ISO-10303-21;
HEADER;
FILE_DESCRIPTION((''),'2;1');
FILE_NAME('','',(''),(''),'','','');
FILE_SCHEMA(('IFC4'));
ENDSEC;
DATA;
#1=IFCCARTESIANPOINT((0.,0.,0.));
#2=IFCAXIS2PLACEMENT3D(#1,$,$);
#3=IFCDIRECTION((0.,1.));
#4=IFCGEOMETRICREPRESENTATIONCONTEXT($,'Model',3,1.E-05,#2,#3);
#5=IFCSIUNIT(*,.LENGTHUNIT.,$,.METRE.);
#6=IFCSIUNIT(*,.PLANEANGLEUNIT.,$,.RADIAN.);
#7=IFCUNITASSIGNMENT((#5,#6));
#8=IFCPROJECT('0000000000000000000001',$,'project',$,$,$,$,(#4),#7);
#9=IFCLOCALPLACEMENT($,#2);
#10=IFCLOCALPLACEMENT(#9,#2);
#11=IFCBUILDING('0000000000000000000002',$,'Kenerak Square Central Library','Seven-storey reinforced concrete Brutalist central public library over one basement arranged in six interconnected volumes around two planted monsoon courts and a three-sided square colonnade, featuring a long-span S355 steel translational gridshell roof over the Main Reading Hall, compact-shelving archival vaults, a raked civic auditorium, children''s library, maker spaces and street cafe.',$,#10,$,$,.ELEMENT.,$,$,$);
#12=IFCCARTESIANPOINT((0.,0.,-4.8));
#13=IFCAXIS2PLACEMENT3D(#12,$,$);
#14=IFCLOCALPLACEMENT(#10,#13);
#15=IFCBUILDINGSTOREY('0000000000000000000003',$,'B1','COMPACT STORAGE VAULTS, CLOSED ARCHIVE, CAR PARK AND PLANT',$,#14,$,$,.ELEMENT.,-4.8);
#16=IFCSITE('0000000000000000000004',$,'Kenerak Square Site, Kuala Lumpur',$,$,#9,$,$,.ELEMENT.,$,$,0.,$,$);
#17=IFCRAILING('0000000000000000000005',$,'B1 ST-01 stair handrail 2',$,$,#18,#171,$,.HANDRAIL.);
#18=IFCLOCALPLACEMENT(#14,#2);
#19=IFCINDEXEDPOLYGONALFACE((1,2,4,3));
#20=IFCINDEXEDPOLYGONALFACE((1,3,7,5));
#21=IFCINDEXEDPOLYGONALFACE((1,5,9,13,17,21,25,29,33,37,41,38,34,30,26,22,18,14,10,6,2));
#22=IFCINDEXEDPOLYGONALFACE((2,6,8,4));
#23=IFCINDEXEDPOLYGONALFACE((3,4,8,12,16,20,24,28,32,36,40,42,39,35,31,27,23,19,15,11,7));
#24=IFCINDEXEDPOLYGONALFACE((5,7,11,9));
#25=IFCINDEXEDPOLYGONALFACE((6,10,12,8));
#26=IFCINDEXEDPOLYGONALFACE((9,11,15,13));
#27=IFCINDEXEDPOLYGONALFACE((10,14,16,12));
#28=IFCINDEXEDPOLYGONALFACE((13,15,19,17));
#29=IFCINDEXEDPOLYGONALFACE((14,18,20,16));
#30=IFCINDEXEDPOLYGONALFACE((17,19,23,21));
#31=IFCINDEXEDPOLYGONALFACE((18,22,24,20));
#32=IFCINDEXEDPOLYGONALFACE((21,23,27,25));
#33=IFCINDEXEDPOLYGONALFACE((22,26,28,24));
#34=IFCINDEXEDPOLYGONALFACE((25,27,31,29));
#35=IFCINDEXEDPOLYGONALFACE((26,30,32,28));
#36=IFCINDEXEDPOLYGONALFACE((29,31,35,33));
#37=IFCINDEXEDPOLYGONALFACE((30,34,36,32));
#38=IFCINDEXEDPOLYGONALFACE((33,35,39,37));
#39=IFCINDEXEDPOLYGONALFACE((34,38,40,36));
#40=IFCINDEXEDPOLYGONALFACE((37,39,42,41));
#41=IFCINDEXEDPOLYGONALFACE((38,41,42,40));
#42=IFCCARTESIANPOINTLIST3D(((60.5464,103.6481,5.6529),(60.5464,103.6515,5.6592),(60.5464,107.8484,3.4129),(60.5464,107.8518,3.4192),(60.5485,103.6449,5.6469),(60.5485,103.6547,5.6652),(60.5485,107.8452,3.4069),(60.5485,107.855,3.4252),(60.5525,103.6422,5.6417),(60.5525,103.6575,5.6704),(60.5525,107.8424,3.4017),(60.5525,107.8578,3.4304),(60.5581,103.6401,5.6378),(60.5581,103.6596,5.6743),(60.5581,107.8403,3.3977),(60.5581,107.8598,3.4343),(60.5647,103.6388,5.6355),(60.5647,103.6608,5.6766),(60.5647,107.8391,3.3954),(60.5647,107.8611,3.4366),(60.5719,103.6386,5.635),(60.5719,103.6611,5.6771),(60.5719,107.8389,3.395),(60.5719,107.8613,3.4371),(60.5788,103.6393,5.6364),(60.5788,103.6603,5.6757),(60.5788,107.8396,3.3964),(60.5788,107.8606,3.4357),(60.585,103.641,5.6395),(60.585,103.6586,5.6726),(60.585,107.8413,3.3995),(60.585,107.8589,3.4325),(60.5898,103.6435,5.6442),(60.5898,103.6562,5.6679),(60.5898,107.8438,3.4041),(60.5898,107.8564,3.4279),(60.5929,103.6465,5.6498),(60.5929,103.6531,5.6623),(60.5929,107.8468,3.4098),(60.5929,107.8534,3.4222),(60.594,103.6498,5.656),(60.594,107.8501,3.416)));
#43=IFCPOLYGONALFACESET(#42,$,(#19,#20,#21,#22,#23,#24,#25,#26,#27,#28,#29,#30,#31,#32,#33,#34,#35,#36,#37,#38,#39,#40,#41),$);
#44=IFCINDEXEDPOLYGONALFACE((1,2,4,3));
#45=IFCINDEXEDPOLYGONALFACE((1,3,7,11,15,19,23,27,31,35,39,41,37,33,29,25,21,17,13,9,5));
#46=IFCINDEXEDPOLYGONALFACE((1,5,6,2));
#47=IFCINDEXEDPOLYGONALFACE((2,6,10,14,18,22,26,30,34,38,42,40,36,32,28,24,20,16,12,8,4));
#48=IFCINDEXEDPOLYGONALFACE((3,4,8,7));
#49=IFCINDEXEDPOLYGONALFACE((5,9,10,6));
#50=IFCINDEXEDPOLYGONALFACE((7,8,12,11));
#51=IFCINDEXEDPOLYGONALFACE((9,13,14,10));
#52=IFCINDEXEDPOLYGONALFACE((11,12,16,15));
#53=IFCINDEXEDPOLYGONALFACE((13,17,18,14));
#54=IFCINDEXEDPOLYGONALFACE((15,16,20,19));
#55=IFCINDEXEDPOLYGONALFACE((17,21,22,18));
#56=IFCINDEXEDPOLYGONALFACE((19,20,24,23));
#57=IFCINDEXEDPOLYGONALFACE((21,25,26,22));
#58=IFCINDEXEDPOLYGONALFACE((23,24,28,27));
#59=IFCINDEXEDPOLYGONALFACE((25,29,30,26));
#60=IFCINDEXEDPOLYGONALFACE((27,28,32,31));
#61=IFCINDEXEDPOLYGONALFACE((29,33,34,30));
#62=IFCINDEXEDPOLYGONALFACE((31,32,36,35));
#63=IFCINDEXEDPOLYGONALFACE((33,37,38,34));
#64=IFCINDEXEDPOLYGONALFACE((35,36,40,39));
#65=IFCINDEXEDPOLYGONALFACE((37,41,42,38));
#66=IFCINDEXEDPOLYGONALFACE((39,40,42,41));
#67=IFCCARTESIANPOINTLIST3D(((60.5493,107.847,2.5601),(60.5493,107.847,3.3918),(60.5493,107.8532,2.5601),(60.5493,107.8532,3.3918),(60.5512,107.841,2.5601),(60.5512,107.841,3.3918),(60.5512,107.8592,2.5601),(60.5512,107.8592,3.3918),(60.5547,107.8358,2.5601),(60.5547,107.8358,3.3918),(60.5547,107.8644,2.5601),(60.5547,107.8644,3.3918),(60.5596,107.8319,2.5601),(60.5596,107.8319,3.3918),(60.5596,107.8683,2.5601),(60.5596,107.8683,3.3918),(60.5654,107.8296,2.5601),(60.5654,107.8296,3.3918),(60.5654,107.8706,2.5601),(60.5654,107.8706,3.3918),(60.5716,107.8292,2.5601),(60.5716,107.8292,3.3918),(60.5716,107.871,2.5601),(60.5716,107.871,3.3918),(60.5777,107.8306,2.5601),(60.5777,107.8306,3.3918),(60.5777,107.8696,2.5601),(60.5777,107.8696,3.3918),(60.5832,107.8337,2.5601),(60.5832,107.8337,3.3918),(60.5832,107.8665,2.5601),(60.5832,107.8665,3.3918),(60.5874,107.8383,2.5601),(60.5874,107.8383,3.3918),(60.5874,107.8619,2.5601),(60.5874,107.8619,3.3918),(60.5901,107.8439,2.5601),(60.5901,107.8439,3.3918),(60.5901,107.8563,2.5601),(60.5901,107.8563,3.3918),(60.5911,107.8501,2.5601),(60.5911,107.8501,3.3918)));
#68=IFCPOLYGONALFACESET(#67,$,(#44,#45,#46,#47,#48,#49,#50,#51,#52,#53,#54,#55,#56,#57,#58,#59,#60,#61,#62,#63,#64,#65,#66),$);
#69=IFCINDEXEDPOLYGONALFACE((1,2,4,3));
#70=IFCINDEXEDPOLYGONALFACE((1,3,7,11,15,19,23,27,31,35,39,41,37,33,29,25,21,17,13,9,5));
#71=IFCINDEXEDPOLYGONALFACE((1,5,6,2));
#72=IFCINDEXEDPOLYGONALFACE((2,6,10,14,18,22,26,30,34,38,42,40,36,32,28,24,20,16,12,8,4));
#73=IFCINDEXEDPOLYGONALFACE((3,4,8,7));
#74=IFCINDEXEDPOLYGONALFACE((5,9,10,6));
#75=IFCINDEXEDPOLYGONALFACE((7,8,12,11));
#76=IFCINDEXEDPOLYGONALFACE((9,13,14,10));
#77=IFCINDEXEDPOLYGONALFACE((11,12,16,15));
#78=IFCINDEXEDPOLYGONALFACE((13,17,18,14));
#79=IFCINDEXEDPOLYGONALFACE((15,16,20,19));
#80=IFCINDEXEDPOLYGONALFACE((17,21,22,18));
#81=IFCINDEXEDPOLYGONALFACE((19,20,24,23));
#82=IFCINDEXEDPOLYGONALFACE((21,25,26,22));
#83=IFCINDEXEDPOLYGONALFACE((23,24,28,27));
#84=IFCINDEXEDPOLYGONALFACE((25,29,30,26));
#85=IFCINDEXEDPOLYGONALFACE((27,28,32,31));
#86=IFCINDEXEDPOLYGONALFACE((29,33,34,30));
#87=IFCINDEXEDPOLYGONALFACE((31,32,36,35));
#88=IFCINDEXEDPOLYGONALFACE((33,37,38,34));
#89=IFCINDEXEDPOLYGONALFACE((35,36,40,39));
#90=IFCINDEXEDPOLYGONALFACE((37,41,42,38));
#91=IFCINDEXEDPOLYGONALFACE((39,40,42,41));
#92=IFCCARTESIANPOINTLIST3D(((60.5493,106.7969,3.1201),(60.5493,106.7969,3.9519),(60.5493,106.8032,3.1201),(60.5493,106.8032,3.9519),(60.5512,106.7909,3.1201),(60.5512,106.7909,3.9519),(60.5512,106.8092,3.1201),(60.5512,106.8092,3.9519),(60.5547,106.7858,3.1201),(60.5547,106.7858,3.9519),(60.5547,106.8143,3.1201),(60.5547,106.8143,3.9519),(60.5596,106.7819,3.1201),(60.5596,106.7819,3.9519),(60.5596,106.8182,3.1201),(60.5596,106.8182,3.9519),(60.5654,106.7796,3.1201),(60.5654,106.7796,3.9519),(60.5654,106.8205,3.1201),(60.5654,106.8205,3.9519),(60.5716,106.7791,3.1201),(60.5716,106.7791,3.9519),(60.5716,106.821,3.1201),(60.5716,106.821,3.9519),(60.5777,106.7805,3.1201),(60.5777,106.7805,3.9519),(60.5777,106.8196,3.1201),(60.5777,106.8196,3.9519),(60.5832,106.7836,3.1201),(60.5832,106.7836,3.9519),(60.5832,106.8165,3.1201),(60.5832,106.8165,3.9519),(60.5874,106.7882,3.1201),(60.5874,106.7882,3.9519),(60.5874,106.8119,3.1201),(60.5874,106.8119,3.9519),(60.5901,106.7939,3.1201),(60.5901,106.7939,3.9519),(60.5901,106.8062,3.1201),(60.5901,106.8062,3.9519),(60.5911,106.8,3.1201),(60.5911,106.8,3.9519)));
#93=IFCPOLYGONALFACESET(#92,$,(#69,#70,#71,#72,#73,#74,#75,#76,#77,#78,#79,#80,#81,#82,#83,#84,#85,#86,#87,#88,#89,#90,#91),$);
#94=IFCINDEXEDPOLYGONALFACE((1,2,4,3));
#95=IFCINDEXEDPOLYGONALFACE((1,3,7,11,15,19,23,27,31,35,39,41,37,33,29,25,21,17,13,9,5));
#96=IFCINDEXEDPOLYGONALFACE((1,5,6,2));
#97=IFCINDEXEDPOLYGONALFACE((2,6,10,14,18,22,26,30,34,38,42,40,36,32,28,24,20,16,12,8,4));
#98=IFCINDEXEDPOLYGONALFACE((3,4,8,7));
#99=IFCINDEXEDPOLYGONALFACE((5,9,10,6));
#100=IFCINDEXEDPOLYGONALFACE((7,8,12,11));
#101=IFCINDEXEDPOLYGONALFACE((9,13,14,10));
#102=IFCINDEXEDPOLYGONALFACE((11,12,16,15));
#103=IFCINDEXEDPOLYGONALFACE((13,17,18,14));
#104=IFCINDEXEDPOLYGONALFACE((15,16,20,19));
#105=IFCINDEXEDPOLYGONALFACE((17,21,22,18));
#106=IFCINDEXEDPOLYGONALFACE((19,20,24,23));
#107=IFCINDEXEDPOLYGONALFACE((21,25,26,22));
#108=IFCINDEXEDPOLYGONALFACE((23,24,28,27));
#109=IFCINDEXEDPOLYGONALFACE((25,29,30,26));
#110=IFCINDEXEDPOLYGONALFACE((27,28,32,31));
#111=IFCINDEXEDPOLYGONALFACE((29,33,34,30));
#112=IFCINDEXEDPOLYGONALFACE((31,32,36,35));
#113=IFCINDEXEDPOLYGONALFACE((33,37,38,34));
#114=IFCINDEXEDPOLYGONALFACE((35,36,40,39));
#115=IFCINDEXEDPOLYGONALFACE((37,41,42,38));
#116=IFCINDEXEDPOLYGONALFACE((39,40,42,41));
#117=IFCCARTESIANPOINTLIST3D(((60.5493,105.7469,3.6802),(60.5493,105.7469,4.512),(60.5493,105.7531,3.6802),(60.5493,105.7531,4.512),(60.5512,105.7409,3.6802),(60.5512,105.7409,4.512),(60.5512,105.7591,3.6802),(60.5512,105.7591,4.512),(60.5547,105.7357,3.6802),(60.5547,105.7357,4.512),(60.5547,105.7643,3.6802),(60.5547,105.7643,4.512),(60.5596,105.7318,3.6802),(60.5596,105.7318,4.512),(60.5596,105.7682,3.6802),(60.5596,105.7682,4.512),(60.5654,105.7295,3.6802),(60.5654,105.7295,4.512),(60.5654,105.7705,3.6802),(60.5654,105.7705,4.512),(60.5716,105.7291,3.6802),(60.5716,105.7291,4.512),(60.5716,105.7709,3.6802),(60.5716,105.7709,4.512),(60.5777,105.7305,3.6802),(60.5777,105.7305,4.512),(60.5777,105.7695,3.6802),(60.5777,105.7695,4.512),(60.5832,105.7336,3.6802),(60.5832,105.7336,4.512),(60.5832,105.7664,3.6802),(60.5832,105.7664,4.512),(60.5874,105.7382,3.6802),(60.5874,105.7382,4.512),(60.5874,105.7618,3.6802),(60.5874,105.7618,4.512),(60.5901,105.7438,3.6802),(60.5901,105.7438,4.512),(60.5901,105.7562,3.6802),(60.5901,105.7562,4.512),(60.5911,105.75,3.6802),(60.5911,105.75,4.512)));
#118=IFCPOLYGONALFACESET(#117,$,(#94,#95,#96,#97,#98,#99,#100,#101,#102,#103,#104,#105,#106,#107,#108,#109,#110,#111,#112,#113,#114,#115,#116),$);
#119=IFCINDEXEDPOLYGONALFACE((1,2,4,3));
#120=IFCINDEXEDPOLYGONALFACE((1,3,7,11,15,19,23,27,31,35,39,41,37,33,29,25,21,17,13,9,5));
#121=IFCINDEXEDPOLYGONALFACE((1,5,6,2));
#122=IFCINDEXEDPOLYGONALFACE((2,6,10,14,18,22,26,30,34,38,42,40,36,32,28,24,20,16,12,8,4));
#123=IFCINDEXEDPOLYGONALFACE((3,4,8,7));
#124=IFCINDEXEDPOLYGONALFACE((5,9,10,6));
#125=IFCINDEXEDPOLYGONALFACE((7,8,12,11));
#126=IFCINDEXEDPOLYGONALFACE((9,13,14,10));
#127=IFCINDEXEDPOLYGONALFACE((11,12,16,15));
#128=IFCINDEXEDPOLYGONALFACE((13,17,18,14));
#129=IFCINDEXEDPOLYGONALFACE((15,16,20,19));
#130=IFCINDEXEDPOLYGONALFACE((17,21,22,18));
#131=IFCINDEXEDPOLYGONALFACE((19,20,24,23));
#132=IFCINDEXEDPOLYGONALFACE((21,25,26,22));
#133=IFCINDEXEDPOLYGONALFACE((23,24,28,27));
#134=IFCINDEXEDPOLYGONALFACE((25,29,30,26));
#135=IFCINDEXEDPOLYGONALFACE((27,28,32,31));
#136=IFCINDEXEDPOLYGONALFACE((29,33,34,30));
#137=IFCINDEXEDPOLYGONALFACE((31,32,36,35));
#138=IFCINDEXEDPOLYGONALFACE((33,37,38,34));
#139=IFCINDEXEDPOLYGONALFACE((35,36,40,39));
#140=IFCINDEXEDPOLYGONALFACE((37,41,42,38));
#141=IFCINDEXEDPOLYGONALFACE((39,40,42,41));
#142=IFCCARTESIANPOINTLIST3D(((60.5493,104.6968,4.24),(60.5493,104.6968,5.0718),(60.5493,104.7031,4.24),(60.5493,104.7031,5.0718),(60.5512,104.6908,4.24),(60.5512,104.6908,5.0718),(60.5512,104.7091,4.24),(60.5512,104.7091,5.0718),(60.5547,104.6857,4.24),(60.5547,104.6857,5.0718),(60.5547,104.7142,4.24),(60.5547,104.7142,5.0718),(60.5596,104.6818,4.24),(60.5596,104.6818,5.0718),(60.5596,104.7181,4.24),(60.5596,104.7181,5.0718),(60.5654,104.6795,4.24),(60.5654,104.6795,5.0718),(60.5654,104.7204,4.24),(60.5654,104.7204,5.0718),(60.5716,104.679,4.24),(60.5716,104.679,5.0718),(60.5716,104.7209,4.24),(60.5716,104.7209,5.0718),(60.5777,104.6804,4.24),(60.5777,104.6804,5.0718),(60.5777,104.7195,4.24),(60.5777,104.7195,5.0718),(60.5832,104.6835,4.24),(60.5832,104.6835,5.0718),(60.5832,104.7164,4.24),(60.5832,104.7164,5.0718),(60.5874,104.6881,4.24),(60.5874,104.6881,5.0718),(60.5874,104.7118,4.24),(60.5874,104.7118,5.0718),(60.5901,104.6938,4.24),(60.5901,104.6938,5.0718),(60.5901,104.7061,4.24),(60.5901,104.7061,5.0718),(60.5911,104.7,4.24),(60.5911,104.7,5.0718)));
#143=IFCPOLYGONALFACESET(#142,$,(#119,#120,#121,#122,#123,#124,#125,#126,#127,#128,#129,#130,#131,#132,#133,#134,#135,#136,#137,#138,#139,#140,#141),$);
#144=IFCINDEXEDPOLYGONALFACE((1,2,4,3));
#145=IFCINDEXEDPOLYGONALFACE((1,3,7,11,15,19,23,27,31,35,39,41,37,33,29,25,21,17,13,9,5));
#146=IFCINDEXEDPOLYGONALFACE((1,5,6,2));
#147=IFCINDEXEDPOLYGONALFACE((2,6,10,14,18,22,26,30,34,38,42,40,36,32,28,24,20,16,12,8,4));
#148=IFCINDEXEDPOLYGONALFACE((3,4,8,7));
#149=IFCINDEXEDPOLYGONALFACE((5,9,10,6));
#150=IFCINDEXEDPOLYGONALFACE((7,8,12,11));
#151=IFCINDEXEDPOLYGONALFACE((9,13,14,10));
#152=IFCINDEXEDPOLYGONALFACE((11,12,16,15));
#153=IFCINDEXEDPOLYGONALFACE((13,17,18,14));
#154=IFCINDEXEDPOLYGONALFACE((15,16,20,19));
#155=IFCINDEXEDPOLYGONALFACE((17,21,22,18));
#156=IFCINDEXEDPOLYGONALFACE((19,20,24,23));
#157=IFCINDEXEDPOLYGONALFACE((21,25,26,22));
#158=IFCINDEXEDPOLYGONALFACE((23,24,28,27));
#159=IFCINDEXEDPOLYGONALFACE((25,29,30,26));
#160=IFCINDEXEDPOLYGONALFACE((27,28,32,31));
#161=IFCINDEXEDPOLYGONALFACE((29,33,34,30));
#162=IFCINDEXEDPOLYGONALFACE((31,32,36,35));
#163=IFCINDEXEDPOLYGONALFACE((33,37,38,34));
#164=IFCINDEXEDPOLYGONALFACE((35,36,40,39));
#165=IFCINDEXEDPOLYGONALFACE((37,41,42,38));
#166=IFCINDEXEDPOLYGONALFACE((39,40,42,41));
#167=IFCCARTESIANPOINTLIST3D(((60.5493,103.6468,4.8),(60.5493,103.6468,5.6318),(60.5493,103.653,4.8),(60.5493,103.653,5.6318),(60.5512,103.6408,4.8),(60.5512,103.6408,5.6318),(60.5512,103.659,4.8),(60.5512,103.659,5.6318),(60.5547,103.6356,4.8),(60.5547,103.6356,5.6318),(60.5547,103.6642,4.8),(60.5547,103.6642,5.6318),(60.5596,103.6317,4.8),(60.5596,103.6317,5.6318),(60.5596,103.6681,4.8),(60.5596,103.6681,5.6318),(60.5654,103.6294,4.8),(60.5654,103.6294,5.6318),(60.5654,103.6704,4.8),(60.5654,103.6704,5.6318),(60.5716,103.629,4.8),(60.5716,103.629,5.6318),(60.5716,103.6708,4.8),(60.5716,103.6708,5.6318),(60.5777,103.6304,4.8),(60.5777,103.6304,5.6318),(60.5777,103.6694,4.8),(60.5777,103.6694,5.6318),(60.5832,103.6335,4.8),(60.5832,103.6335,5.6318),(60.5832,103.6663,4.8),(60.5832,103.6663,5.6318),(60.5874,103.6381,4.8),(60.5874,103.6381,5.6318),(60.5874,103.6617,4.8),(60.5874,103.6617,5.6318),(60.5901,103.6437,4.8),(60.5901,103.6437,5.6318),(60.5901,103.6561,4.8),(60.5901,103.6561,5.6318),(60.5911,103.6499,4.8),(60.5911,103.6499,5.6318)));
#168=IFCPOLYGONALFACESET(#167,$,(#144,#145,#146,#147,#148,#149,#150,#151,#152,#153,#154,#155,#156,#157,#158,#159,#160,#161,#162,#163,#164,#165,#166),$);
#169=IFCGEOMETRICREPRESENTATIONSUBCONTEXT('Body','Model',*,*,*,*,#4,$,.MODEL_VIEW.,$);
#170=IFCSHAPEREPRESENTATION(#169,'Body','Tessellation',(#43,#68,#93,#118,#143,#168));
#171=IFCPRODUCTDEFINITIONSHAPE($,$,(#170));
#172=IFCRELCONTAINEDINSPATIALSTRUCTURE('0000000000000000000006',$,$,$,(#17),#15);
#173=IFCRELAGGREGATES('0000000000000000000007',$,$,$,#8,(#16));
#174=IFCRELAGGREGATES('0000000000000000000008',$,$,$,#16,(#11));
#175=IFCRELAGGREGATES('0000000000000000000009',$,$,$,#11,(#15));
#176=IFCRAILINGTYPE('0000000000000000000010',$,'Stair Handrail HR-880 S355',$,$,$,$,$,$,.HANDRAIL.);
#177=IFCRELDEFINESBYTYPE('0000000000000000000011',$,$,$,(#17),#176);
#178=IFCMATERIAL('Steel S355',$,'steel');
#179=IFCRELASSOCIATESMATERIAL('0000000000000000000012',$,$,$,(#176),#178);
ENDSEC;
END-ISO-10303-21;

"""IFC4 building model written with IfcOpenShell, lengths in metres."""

from ifc_helpers import new_model, si_unit, direction, frame, origin, origin_2d, place, context, subcontext, project, spatial, circle, extrude, material, type_object, element, save


model = new_model("IFC4")

# Units and contexts
model_context = context("Model", 3, precision=1e-05, world=origin(), true_north=direction((0.0, 1.0)))
body_context = subcontext(model_context, "Body", "Model", "MODEL_VIEW")
ifc_project = project(units=[si_unit("LENGTHUNIT", "METRE"), si_unit("PLANEANGLEUNIT", "RADIAN")], contexts=[model_context])

# Site, building, storey
site_placement = place(None, origin())
site = spatial("IfcSite", under=ifc_project, at=site_placement, Name="Kenerak Square Site, Kuala Lumpur", CompositionType="ELEMENT", RefElevation=0.0)
building_placement = place(site_placement, origin())
building = spatial("IfcBuilding", under=site, at=building_placement, Name="Kenerak Square Central Library", Description="Seven-storey reinforced concrete Brutalist central public library over one basement arranged in six interconnected volumes around two planted monsoon courts and a three-sided square colonnade, featuring a long-span S355 steel translational gridshell roof over the Main Reading Hall, compact-shelving archival vaults, a raked civic auditorium, children's library, maker spaces and street cafe.", CompositionType="ELEMENT")
storey_placement = place(building_placement, frame((0.0, 0.0, -4.8)))
storey = spatial("IfcBuildingStorey", under=building, at=storey_placement, Name="B1", Description="COMPACT STORAGE VAULTS, CLOSED ARCHIVE, CAR PARK AND PLANT", CompositionType="ELEMENT", Elevation=-4.8)

# Railing
ifc_material_1 = material(Name="Steel S355", Category="steel")
railing_type_1 = type_object("IfcRailingType", Name="Stair Handrail HR-880 S355", PredefinedType="HANDRAIL", material=ifc_material_1)
railing_1_placement = place(storey_placement, frame((60.5701, 107.8501, 2.5601)))
element("IfcRailing", 1, at=railing_1_placement, inside=storey, type_object=railing_type_1, Name="B1 ST-01 stair handrail 2", PredefinedType="HANDRAIL", context=body_context, shape_type="SweptSolid", body=[
    extrude(circle(Radius=0.0239, at=origin_2d()), frame((0.0, 0.0, 0.856), z_axis=(0.0, -0.882363, 0.47057), x_axis=(1.0, 0.0, 0.0)), (0.0, 0.0, 1.0), 4.7603),
    extrude(circle(Radius=0.021, at=origin_2d()), origin(), (0.0, 0.0, 1.0), 0.8318),
    extrude(circle(Radius=0.021, at=origin_2d()), frame((0.0, -1.05, 0.5601)), (0.0, 0.0, 1.0), 0.8318),
    extrude(circle(Radius=0.021, at=origin_2d()), frame((0.0, -2.1001, 1.1201)), (0.0, 0.0, 1.0), 0.8318),
    extrude(circle(Radius=0.021, at=origin_2d()), frame((0.0, -3.1501, 1.6799)), (0.0, 0.0, 1.0), 0.8318),
    extrude(circle(Radius=0.021, at=origin_2d()), frame((0.0, -4.2002, 2.24)), (0.0, 0.0, 1.0), 0.8318),
])

save(model, "model.ifc")
